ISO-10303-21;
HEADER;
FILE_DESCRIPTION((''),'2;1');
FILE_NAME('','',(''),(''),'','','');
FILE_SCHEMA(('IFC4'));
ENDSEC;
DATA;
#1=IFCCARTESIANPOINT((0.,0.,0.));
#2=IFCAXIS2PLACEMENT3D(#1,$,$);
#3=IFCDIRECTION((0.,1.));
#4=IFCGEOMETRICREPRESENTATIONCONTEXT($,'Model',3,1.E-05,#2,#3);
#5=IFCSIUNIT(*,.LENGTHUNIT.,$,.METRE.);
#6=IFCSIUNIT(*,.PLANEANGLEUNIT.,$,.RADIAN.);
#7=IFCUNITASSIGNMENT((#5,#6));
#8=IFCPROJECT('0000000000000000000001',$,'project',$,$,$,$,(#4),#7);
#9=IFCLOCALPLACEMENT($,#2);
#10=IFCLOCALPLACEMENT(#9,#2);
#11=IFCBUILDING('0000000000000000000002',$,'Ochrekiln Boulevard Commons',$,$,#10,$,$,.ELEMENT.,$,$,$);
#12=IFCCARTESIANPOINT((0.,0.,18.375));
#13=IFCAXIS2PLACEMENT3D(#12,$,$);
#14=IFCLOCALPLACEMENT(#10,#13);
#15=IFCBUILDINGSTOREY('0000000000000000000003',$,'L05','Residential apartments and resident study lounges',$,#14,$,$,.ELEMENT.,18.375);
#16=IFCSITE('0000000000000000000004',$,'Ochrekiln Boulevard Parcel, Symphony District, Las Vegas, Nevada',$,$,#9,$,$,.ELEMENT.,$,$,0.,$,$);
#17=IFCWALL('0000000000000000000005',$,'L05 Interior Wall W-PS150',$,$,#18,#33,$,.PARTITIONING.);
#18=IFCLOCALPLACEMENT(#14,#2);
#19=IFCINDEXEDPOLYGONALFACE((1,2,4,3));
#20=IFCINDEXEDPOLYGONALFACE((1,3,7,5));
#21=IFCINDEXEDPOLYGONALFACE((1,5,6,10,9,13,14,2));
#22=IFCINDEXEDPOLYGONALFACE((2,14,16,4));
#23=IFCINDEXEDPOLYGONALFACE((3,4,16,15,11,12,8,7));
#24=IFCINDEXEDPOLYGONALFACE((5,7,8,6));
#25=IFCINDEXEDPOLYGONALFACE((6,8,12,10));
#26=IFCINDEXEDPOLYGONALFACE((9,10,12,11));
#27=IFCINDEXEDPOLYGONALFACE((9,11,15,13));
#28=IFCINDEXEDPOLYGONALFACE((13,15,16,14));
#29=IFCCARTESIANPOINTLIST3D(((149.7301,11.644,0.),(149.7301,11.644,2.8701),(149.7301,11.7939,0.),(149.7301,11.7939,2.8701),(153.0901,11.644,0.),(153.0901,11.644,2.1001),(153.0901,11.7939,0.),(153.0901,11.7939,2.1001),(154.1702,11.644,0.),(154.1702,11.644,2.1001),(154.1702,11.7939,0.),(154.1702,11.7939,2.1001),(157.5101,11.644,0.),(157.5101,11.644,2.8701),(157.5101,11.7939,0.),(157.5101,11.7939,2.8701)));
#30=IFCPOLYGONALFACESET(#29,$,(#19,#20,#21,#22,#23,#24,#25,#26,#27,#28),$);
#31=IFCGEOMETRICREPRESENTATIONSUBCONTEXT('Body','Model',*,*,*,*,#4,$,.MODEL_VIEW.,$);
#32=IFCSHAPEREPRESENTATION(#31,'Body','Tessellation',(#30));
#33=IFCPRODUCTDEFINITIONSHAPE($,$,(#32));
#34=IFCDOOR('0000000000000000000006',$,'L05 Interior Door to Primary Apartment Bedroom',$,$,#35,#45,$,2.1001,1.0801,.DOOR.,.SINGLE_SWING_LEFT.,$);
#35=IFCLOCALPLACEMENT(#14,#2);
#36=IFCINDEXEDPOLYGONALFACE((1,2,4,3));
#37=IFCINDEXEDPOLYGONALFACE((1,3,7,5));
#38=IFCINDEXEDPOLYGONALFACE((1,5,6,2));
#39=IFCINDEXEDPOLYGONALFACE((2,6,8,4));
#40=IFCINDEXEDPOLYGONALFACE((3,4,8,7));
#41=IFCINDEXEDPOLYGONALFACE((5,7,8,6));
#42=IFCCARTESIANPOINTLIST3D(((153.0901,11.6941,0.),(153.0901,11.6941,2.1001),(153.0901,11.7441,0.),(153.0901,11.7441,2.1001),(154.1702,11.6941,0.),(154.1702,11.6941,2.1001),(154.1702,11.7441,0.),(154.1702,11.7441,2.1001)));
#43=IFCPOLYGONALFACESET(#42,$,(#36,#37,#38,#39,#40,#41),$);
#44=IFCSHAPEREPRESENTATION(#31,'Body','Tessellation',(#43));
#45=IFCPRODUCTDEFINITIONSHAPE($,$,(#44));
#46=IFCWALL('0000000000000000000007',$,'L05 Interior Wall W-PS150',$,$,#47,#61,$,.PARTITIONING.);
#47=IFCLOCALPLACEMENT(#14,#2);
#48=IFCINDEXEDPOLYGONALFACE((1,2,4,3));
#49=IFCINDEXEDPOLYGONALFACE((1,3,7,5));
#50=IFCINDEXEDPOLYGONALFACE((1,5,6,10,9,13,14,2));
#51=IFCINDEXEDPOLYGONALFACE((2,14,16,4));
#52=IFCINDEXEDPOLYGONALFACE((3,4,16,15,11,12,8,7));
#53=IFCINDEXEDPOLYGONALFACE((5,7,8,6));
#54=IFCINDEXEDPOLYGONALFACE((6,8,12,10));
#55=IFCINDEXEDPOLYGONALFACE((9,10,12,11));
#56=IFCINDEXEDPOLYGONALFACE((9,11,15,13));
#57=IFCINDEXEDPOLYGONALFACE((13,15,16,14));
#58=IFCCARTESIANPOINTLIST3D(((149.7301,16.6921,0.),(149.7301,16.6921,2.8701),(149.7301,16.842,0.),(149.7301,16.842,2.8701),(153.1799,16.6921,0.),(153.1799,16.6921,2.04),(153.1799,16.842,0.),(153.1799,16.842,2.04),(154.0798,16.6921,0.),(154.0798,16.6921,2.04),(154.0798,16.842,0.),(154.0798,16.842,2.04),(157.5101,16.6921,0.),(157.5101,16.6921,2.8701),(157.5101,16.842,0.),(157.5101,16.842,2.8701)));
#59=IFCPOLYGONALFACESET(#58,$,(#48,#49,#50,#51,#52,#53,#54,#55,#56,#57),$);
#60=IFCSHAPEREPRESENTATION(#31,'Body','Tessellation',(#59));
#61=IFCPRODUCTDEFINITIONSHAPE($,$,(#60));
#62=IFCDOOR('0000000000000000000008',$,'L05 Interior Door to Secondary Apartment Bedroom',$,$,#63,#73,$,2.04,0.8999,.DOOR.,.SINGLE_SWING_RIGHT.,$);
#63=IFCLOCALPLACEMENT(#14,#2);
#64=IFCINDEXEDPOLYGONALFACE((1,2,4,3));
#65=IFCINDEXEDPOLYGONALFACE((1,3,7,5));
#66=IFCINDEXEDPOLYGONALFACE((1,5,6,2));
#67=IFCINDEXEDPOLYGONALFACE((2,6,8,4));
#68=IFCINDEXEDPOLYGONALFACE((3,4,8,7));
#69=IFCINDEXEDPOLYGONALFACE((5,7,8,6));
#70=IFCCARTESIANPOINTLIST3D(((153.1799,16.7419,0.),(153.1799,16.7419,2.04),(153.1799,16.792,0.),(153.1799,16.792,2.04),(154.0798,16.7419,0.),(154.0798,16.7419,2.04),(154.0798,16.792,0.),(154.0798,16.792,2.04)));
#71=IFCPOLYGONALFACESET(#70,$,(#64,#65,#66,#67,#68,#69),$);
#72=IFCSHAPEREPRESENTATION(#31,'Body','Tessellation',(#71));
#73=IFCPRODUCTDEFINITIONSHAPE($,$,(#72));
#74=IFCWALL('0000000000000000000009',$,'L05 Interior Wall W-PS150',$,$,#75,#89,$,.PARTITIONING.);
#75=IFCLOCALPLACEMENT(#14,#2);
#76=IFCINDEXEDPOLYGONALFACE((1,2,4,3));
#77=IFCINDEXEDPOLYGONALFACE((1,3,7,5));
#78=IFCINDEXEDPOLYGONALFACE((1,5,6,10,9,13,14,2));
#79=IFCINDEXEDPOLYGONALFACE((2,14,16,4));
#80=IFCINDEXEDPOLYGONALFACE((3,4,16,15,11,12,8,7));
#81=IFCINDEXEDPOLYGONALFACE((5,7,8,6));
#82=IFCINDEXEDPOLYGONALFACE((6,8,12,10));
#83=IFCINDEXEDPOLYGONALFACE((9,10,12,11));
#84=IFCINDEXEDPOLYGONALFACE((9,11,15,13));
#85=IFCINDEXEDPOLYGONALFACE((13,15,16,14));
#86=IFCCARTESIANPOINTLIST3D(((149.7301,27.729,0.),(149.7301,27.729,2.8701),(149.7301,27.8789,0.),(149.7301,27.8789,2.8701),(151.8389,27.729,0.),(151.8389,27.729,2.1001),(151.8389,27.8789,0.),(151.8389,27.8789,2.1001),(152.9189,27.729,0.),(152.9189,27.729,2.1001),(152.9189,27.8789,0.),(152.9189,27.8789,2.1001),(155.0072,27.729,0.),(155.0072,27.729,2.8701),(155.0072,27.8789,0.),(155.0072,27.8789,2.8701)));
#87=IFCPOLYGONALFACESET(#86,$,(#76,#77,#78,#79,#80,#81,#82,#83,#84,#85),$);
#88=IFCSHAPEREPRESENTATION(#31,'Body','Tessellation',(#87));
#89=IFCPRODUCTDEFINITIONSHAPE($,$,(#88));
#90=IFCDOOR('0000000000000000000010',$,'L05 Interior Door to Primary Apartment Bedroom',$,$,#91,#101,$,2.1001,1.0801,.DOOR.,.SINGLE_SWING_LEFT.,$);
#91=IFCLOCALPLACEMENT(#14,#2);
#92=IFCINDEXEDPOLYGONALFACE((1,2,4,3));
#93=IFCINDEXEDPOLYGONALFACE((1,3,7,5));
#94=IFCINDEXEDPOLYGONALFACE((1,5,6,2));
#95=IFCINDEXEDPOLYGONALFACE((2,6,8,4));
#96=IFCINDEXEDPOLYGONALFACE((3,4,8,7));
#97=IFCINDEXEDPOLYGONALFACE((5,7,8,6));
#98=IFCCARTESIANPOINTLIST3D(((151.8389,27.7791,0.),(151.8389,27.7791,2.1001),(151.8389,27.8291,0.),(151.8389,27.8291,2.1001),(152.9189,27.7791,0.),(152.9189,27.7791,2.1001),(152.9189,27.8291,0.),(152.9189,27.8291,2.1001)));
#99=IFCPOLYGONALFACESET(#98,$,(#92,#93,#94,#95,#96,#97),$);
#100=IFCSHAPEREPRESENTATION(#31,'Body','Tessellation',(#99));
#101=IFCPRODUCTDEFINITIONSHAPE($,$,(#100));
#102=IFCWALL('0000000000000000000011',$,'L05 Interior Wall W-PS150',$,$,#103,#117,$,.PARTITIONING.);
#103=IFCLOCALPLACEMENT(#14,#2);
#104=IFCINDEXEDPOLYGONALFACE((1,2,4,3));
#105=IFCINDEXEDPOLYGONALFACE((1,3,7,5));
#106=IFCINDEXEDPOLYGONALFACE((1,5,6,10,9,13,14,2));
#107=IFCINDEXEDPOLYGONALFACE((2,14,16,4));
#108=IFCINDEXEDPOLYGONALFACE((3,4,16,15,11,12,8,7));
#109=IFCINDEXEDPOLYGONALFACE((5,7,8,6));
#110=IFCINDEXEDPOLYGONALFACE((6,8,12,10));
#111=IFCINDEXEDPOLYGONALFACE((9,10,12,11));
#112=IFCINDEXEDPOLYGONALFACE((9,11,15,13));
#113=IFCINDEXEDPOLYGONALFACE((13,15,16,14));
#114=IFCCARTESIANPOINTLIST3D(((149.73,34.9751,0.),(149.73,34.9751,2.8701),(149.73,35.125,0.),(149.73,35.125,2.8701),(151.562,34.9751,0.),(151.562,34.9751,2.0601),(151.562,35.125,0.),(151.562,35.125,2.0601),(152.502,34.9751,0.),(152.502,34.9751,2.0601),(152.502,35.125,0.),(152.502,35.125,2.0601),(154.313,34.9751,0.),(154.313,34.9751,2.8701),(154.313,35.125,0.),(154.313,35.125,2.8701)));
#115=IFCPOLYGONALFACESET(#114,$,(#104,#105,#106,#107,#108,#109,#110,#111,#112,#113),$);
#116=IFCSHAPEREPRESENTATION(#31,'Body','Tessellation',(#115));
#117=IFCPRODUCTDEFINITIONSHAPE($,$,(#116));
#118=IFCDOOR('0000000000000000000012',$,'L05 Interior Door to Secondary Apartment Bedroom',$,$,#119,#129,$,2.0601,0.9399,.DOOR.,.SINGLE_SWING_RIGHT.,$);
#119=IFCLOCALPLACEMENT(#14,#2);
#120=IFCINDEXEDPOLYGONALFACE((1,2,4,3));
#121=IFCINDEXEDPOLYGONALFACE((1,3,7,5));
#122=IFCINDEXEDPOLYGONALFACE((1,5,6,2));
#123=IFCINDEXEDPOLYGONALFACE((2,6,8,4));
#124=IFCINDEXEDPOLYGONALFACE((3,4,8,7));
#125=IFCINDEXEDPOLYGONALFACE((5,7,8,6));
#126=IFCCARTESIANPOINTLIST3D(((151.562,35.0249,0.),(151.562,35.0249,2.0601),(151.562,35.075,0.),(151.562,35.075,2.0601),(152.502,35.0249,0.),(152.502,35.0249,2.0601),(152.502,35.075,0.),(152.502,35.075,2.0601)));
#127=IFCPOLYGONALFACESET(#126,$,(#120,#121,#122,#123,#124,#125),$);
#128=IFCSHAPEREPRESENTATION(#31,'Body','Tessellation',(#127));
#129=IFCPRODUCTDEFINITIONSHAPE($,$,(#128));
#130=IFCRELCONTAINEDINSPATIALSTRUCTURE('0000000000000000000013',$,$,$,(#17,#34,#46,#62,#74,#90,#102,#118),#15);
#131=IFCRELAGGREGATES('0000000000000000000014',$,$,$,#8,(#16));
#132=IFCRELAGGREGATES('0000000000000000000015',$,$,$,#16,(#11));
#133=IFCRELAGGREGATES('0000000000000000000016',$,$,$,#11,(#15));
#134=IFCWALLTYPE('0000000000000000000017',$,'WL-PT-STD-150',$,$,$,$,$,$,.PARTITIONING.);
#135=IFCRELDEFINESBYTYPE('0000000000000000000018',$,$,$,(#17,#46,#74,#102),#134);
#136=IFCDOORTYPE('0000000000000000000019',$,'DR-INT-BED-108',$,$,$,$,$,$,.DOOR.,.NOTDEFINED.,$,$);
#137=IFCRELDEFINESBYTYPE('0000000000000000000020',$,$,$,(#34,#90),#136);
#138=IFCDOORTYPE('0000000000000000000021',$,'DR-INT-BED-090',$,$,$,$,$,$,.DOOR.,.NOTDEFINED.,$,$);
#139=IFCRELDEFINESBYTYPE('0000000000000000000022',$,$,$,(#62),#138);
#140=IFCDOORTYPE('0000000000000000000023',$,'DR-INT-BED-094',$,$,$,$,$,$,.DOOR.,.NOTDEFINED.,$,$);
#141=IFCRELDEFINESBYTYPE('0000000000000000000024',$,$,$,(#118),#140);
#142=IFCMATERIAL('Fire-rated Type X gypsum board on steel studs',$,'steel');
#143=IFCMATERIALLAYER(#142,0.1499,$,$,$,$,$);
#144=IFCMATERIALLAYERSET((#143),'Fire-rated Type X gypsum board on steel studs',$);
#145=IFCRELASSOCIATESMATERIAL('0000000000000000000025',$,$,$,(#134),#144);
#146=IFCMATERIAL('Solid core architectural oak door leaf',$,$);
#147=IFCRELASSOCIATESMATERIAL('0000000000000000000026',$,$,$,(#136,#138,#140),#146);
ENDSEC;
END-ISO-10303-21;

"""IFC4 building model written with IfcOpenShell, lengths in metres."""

from ifc_helpers import new_model, si_unit, direction, frame, frame_2d, origin, place, context, subcontext, project, spatial, rectangle, extrude, material, layer, layer_set, type_object, element, fill, save


model = new_model("IFC4")

# Units and contexts
model_context = context("Model", 3, precision=1e-05, world=origin(), true_north=direction((0.0, 1.0)))
body_context = subcontext(model_context, "Body", "Model", "MODEL_VIEW")
ifc_project = project(units=[si_unit("LENGTHUNIT", "METRE"), si_unit("PLANEANGLEUNIT", "RADIAN")], contexts=[model_context])

# Site, building, storey
site_placement = place(None, origin())
site = spatial("IfcSite", under=ifc_project, at=site_placement, Name="Ochrekiln Boulevard Parcel, Symphony District, Las Vegas, Nevada", CompositionType="ELEMENT", RefElevation=0.0)
building_placement = place(site_placement, origin())
building = spatial("IfcBuilding", under=site, at=building_placement, Name="Ochrekiln Boulevard Commons", CompositionType="ELEMENT")
storey_placement = place(building_placement, frame((0.0, 0.0, 18.375)))
storey = spatial("IfcBuildingStorey", under=building, at=storey_placement, Name="L05", Description="Residential apartments and resident study lounges", CompositionType="ELEMENT", Elevation=18.375)

# Shared definitions
ifc_material_1 = material(Name="Fire-rated Type X gypsum board on steel studs", Category="steel")

# Walls, openings, doors
ifc_layer_1 = layer(ifc_material_1, 0.1499)
ifc_layer_set_1 = layer_set([ifc_layer_1], Name="Fire-rated Type X gypsum board on steel studs")
wall_type_1 = type_object("IfcWallType", Name="WL-PT-STD-150", PredefinedType="PARTITIONING", material=ifc_layer_set_1)
wall_1_placement = place(storey_placement, frame((149.73, 11.719, 0.0), z_axis=(0.0, 0.0, 1.0), x_axis=(1.0, 0.0, 0.0)))
wall_1 = element("IfcWall", 1, at=wall_1_placement, inside=storey, type_object=wall_type_1, Name="L05 Interior Wall W-PS150", PredefinedType="PARTITIONING", context=body_context, shape_type="SweptSolid", body=[
    extrude(rectangle(XDim=7.78, YDim=0.1499, at=frame_2d((3.8901, 0.0))), origin(), (0.0, 0.0, 1.0), 2.8701),
])
opening_1_placement = place(wall_1_placement, frame((3.3601, 0.0, 0.0)))
opening_1 = element("IfcOpeningElement", 2, at=opening_1_placement, cuts=wall_1, PredefinedType="OPENING", context=body_context, shape_type="SweptSolid", body=[
    extrude(rectangle(XDim=1.0801, YDim=2.1001, at=frame_2d((0.54, 1.05))), frame((0.0, 0.085, 0.0), z_axis=(0.0, -1.0, 0.0), x_axis=(1.0, 0.0, 0.0)), (0.0, 0.0, 1.0), 0.1699),
])
ifc_material_2 = material(Name="Solid core architectural oak door leaf")
door_type_1 = type_object("IfcDoorType", Name="DR-INT-BED-108", OperationType="NOTDEFINED", PredefinedType="DOOR", material=ifc_material_2)
door_1_placement = place(opening_1_placement, frame((1.0801, 0.0, 0.0), z_axis=(0.0, 0.0, 1.0), x_axis=(-1.0, 0.0, 0.0)))
door_1 = element("IfcDoor", 3, at=door_1_placement, inside=storey, type_object=door_type_1, Name="L05 Interior Door to Primary Apartment Bedroom", OperationType="SINGLE_SWING_LEFT", OverallHeight=2.1001, OverallWidth=1.0801, PredefinedType="DOOR", context=body_context, shape_type="SweptSolid", body=[
    extrude(rectangle(XDim=1.0801, YDim=2.1001, at=frame_2d((0.54, 1.05))), frame((0.0, 0.0249, 0.0), z_axis=(0.0, -1.0, 0.0), x_axis=(1.0, 0.0, 0.0)), (0.0, 0.0, 1.0), 0.05),
])
fill(opening_1, door_1)
wall_2_placement = place(storey_placement, frame((149.73, 16.7671, 0.0), z_axis=(0.0, 0.0, 1.0), x_axis=(1.0, 0.0, 0.0)))
wall_2 = element("IfcWall", 4, at=wall_2_placement, inside=storey, type_object=wall_type_1, Name="L05 Interior Wall W-PS150", PredefinedType="PARTITIONING", context=body_context, shape_type="SweptSolid", body=[
    extrude(rectangle(XDim=7.78, YDim=0.1499, at=frame_2d((3.8901, 0.0))), origin(), (0.0, 0.0, 1.0), 2.8701),
])
opening_2_placement = place(wall_2_placement, frame((3.45, 0.0, 0.0)))
opening_2 = element("IfcOpeningElement", 5, at=opening_2_placement, cuts=wall_2, PredefinedType="OPENING", context=body_context, shape_type="SweptSolid", body=[
    extrude(rectangle(XDim=0.8999, YDim=2.04, at=frame_2d((0.45, 1.02))), frame((0.0, 0.085, 0.0), z_axis=(0.0, -1.0, 0.0), x_axis=(1.0, 0.0, 0.0)), (0.0, 0.0, 1.0), 0.1699),
])
door_type_2 = type_object("IfcDoorType", Name="DR-INT-BED-090", OperationType="NOTDEFINED", PredefinedType="DOOR", material=ifc_material_2)
door_2_placement = place(opening_2_placement, origin())
door_2 = element("IfcDoor", 6, at=door_2_placement, inside=storey, type_object=door_type_2, Name="L05 Interior Door to Secondary Apartment Bedroom", OperationType="SINGLE_SWING_RIGHT", OverallHeight=2.04, OverallWidth=0.8999, PredefinedType="DOOR", context=body_context, shape_type="SweptSolid", body=[
    extrude(rectangle(XDim=0.8999, YDim=2.04, at=frame_2d((0.45, 1.02))), frame((0.0, 0.0249, 0.0), z_axis=(0.0, -1.0, 0.0), x_axis=(1.0, 0.0, 0.0)), (0.0, 0.0, 1.0), 0.05),
])
fill(opening_2, door_2)
wall_3_placement = place(storey_placement, frame((149.73, 27.804, 0.0), z_axis=(0.0, 0.0, 1.0), x_axis=(1.0, 0.0, 0.0)))
wall_3 = element("IfcWall", 7, at=wall_3_placement, inside=storey, type_object=wall_type_1, Name="L05 Interior Wall W-PS150", PredefinedType="PARTITIONING", context=body_context, shape_type="SweptSolid", body=[
    extrude(rectangle(XDim=5.2771, YDim=0.1499, at=frame_2d((2.6387, 0.0))), origin(), (0.0, 0.0, 1.0), 2.8701),
])
opening_3_placement = place(wall_3_placement, frame((2.1089, 0.0, 0.0)))
opening_3 = element("IfcOpeningElement", 8, at=opening_3_placement, cuts=wall_3, PredefinedType="OPENING", context=body_context, shape_type="SweptSolid", body=[
    extrude(rectangle(XDim=1.0801, YDim=2.1001, at=frame_2d((0.54, 1.05))), frame((0.0, 0.085, 0.0), z_axis=(0.0, -1.0, 0.0), x_axis=(1.0, 0.0, 0.0)), (0.0, 0.0, 1.0), 0.1699),
])
door_3_placement = place(opening_3_placement, frame((1.0801, 0.0, 0.0), z_axis=(0.0, 0.0, 1.0), x_axis=(-1.0, 0.0, 0.0)))
door_3 = element("IfcDoor", 9, at=door_3_placement, inside=storey, type_object=door_type_1, Name="L05 Interior Door to Primary Apartment Bedroom", OperationType="SINGLE_SWING_LEFT", OverallHeight=2.1001, OverallWidth=1.0801, PredefinedType="DOOR", context=body_context, shape_type="SweptSolid", body=[
    extrude(rectangle(XDim=1.0801, YDim=2.1001, at=frame_2d((0.54, 1.05))), frame((0.0, 0.0249, 0.0), z_axis=(0.0, -1.0, 0.0), x_axis=(1.0, 0.0, 0.0)), (0.0, 0.0, 1.0), 0.05),
])
fill(opening_3, door_3)
wall_4_placement = place(storey_placement, frame((149.73, 35.05, 0.0), z_axis=(0.0, 0.0, 1.0), x_axis=(1.0, 0.0, 0.0)))
wall_4 = element("IfcWall", 10, at=wall_4_placement, inside=storey, type_object=wall_type_1, Name="L05 Interior Wall W-PS150", PredefinedType="PARTITIONING", context=body_context, shape_type="SweptSolid", body=[
    extrude(rectangle(XDim=4.583, YDim=0.1499, at=frame_2d((2.2915, 0.0))), origin(), (0.0, 0.0, 1.0), 2.8701),
])
opening_4_placement = place(wall_4_placement, frame((1.832, 0.0, 0.0)))
opening_4 = element("IfcOpeningElement", 11, at=opening_4_placement, cuts=wall_4, PredefinedType="OPENING", context=body_context, shape_type="SweptSolid", body=[
    extrude(rectangle(XDim=0.9399, YDim=2.0601, at=frame_2d((0.47, 1.03))), frame((0.0, 0.085, 0.0), z_axis=(0.0, -1.0, 0.0), x_axis=(1.0, 0.0, 0.0)), (0.0, 0.0, 1.0), 0.1699),
])
door_type_3 = type_object("IfcDoorType", Name="DR-INT-BED-094", OperationType="NOTDEFINED", PredefinedType="DOOR", material=ifc_material_2)
door_4_placement = place(opening_4_placement, origin())
door_4 = element("IfcDoor", 12, at=door_4_placement, inside=storey, type_object=door_type_3, Name="L05 Interior Door to Secondary Apartment Bedroom", OperationType="SINGLE_SWING_RIGHT", OverallHeight=2.0601, OverallWidth=0.9399, PredefinedType="DOOR", context=body_context, shape_type="SweptSolid", body=[
    extrude(rectangle(XDim=0.9399, YDim=2.0601, at=frame_2d((0.47, 1.03))), frame((0.0, 0.0249, 0.0), z_axis=(0.0, -1.0, 0.0), x_axis=(1.0, 0.0, 0.0)), (0.0, 0.0, 1.0), 0.05),
])
fill(opening_4, door_4)

save(model, "model.ifc")
